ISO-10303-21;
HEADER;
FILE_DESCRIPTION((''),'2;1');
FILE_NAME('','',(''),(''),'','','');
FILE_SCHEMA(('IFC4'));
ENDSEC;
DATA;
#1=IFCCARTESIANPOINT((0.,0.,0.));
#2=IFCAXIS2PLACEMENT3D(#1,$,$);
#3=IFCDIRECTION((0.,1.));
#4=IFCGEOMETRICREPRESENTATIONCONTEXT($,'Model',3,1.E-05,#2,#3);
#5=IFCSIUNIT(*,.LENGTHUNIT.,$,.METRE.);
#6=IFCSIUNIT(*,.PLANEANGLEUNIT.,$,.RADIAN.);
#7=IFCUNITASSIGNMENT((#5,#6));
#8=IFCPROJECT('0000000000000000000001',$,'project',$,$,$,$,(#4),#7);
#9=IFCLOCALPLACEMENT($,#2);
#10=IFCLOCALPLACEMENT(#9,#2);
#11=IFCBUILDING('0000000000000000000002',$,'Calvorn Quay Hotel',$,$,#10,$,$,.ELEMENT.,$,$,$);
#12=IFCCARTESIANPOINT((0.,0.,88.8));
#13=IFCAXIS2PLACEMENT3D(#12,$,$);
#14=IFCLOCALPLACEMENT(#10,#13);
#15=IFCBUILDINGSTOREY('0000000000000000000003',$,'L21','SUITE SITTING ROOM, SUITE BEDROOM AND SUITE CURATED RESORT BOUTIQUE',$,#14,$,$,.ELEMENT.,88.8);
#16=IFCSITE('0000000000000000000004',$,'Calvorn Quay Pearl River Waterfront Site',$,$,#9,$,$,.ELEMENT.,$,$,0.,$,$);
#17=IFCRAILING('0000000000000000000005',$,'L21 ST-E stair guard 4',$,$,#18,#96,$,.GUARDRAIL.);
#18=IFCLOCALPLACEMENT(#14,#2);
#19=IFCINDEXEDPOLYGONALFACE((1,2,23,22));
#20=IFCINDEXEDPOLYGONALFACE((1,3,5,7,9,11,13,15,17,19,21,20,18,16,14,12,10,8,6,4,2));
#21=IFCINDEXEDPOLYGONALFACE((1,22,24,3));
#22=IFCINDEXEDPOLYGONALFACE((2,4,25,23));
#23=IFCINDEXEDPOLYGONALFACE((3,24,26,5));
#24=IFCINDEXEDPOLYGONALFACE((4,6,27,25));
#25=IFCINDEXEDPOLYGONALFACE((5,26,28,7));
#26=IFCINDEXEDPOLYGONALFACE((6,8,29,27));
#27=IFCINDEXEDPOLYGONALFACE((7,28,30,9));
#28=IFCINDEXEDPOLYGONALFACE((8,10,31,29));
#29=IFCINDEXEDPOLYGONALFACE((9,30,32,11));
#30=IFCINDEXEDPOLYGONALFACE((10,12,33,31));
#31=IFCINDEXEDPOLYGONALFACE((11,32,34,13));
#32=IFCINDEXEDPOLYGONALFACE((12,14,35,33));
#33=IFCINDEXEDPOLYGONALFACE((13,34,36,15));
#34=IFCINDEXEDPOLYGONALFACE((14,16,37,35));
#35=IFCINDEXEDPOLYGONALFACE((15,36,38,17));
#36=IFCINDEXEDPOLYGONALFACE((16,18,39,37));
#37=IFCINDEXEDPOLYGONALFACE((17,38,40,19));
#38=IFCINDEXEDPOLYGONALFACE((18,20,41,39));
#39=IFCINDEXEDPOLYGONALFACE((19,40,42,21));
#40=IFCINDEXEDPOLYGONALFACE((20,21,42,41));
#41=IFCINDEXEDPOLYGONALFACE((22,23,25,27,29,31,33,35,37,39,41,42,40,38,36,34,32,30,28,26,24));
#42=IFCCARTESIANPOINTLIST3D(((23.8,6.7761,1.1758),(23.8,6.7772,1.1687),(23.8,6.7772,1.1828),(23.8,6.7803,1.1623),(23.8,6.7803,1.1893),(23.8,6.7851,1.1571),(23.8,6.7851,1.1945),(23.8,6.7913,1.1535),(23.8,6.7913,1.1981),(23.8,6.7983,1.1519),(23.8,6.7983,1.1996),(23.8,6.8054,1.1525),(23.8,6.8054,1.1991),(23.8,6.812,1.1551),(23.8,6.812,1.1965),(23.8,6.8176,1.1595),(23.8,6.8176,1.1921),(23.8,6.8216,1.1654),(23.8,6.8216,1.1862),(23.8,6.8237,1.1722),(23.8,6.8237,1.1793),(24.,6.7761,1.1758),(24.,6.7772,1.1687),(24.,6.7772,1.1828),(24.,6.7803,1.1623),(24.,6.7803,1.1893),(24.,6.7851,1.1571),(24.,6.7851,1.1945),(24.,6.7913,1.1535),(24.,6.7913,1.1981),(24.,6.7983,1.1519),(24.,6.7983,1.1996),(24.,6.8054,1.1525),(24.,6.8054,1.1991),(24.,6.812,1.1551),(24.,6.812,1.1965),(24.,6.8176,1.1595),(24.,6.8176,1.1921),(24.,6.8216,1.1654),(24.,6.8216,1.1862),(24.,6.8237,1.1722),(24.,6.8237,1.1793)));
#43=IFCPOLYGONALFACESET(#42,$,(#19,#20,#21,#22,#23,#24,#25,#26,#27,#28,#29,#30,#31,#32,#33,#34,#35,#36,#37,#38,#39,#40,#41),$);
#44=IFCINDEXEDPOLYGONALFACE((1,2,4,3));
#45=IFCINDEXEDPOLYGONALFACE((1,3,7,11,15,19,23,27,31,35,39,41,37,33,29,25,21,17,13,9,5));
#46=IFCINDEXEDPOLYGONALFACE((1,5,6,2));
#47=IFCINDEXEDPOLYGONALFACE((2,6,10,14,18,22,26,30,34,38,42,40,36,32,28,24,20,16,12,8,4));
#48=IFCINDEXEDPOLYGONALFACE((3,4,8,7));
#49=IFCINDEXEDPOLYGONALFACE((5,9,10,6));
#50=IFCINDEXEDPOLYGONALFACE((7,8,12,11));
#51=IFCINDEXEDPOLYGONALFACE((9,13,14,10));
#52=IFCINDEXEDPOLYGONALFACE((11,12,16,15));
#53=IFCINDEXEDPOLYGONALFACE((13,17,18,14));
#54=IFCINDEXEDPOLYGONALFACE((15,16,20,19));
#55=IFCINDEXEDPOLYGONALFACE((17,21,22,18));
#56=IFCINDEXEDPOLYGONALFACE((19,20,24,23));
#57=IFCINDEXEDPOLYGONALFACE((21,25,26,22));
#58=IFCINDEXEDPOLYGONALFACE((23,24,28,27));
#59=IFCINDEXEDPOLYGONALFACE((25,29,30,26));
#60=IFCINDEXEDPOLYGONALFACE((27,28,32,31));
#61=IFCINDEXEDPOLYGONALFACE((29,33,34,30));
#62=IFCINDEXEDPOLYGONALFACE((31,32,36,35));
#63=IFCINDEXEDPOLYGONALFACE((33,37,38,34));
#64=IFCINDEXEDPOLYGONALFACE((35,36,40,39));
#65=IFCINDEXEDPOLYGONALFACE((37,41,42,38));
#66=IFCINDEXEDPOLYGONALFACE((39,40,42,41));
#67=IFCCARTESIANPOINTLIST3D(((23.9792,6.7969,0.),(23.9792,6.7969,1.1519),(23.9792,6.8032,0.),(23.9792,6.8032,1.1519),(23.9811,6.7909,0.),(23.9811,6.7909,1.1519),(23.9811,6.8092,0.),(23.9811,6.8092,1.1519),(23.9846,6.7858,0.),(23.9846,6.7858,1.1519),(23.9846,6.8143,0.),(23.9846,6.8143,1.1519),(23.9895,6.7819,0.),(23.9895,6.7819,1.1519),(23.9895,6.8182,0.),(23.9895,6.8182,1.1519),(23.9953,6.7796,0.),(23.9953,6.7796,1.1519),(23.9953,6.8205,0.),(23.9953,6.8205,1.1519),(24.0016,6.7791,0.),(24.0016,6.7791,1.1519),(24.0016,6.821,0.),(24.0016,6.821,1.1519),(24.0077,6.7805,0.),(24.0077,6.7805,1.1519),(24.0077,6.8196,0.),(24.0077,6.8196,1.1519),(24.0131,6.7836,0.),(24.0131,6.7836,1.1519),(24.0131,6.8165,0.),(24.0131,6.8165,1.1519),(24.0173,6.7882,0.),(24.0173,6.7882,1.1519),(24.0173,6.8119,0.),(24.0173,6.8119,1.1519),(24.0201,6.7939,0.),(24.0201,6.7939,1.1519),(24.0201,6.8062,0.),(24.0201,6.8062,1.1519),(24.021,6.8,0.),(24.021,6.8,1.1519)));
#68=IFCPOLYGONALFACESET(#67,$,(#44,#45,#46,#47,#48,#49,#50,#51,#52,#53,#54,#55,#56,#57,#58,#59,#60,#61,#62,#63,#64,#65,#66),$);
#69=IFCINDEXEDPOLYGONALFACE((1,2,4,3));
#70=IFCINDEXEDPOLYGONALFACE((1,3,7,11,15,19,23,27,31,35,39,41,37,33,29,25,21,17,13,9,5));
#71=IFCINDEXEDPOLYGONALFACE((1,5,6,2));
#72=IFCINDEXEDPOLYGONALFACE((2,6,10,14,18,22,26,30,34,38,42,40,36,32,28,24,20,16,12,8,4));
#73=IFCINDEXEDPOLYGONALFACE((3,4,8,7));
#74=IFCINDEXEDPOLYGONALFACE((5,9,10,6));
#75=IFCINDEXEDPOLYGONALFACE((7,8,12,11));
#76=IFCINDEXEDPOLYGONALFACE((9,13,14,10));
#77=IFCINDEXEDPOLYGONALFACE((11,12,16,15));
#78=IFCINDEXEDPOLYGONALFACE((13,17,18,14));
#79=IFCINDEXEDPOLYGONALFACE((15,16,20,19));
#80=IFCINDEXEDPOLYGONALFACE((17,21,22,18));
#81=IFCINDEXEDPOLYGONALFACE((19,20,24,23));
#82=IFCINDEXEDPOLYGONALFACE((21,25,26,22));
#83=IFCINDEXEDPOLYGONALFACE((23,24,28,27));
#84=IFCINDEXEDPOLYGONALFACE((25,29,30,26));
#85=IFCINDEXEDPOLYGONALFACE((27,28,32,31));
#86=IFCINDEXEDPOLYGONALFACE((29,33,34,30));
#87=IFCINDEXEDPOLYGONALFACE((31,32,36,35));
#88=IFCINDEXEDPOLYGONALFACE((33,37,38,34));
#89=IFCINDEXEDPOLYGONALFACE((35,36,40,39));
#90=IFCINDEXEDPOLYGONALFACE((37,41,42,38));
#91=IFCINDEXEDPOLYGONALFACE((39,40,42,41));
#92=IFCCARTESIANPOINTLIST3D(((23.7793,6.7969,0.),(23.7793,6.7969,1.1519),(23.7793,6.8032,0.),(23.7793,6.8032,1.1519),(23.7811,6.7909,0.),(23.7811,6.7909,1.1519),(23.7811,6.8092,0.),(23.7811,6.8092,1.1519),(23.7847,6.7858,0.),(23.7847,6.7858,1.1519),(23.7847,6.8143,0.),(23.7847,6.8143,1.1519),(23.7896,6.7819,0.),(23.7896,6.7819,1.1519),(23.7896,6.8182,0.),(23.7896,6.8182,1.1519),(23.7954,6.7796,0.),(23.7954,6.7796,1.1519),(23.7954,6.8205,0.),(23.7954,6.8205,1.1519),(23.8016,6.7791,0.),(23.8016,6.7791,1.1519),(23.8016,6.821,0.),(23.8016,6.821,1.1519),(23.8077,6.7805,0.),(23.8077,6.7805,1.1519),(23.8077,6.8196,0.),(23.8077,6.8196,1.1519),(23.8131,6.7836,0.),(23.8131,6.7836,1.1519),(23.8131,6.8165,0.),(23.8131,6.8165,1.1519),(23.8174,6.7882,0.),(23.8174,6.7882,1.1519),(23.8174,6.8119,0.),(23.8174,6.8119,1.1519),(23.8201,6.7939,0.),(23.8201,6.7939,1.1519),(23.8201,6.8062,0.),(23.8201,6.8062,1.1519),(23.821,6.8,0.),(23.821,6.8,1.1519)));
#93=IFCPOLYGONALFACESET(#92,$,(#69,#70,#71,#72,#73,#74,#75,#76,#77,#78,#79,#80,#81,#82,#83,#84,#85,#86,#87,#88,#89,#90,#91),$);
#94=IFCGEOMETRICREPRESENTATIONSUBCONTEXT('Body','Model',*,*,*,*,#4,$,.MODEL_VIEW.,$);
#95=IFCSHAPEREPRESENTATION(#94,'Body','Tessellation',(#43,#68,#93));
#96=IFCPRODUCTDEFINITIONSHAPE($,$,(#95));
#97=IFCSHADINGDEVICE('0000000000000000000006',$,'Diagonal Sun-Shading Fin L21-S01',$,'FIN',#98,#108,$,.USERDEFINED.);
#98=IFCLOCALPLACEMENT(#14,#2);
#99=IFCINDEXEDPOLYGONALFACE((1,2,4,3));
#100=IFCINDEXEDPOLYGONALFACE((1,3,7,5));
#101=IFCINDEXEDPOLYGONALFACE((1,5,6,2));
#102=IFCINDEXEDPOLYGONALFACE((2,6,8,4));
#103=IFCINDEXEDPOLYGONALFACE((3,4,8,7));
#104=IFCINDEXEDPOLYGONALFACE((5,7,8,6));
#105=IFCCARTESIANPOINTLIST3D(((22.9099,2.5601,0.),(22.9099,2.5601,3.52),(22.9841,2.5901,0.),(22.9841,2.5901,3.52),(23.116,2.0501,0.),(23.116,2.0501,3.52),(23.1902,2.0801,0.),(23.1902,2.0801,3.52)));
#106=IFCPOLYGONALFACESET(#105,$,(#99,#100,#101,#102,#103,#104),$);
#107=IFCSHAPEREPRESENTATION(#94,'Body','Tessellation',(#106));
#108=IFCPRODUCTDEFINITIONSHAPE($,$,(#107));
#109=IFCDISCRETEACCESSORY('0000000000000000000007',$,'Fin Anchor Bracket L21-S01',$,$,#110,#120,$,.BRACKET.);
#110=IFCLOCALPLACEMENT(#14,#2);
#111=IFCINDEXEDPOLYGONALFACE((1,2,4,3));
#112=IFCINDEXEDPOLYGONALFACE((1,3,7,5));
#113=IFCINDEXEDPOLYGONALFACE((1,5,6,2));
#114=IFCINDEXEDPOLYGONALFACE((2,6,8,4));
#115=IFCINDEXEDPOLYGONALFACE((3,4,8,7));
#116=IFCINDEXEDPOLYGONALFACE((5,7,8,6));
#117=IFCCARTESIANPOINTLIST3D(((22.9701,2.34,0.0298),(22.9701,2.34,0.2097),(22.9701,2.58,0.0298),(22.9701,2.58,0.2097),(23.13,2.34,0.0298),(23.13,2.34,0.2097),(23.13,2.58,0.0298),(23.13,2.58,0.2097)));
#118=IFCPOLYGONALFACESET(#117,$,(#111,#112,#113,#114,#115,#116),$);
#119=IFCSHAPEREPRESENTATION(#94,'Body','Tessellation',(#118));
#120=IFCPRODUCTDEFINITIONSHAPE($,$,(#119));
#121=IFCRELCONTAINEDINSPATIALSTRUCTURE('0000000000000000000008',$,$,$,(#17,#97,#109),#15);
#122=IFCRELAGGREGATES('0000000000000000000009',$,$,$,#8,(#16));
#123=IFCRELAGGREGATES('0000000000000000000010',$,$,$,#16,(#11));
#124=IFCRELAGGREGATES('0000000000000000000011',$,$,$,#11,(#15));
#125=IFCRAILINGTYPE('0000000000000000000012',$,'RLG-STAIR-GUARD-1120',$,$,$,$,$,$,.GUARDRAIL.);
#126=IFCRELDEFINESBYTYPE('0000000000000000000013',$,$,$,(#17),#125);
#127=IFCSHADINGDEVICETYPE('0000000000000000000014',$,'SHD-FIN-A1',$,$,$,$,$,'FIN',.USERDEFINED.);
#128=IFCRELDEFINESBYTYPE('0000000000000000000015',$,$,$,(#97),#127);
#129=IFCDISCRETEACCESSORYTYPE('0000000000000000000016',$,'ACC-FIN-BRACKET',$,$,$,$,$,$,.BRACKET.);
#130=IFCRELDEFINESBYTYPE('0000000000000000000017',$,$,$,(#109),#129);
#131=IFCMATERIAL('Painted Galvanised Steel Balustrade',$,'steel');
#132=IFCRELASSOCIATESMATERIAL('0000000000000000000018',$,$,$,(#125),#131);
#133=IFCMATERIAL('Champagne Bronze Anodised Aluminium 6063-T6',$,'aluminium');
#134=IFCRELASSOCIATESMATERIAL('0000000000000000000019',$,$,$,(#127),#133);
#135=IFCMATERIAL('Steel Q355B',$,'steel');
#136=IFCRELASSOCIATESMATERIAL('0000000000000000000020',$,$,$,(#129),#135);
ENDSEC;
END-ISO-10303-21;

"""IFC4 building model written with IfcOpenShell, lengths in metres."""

from ifc_helpers import new_model, si_unit, direction, frame, origin, origin_2d, place, context, subcontext, project, spatial, rectangle, circle, extrude, material, type_object, element, save


model = new_model("IFC4")

# Units and contexts
model_context = context("Model", 3, precision=1e-05, world=origin(), true_north=direction((0.0, 1.0)))
body_context = subcontext(model_context, "Body", "Model", "MODEL_VIEW")
ifc_project = project(units=[si_unit("LENGTHUNIT", "METRE"), si_unit("PLANEANGLEUNIT", "RADIAN")], contexts=[model_context])

# Site, building, storey
site_placement = place(None, origin())
site = spatial("IfcSite", under=ifc_project, at=site_placement, Name="Calvorn Quay Pearl River Waterfront Site", CompositionType="ELEMENT", RefElevation=0.0)
building_placement = place(site_placement, origin())
building = spatial("IfcBuilding", under=site, at=building_placement, Name="Calvorn Quay Hotel", CompositionType="ELEMENT")
storey_placement = place(building_placement, frame((0.0, 0.0, 88.8)))
storey = spatial("IfcBuildingStorey", under=building, at=storey_placement, Name="L21", Description="SUITE SITTING ROOM, SUITE BEDROOM AND SUITE CURATED RESORT BOUTIQUE", CompositionType="ELEMENT", Elevation=88.8)

# Railing
ifc_material_1 = material(Name="Painted Galvanised Steel Balustrade", Category="steel")
railing_type_1 = type_object("IfcRailingType", Name="RLG-STAIR-GUARD-1120", PredefinedType="GUARDRAIL", material=ifc_material_1)
railing_1_placement = place(storey_placement, frame((24.0, 6.8, 0.0)))
element("IfcRailing", 1, at=railing_1_placement, inside=storey, type_object=railing_type_1, Name="L21 ST-E stair guard 4", PredefinedType="GUARDRAIL", context=body_context, shape_type="SweptSolid", body=[
    extrude(circle(Radius=0.0239, at=origin_2d()), frame((0.0, 0.0, 1.1758), z_axis=(-1.0, 0.0, 0.0), x_axis=(0.0, -1.0, 0.0)), (0.0, 0.0, 1.0), 0.2),
    extrude(circle(Radius=0.021, at=origin_2d()), origin(), (0.0, 0.0, 1.0), 1.1519),
    extrude(circle(Radius=0.021, at=origin_2d()), frame((-0.2, 0.0, 0.0)), (0.0, 0.0, 1.0), 1.1519),
])

# Shading device
ifc_material_2 = material(Name="Champagne Bronze Anodised Aluminium 6063-T6", Category="aluminium")
shading_device_type = type_object("IfcShadingDeviceType", Name="SHD-FIN-A1", ElementType="FIN", PredefinedType="USERDEFINED", material=ifc_material_2)
shading_device_placement = place(storey_placement, frame((23.05, 2.3201, 0.0), z_axis=(0.0, 0.0, 1.0), x_axis=(-0.374607, 0.927184, 0.0)))
element("IfcShadingDevice", 2, at=shading_device_placement, inside=storey, type_object=shading_device_type, Name="Diagonal Sun-Shading Fin L21-S01", ObjectType="FIN", PredefinedType="USERDEFINED", context=body_context, shape_type="SweptSolid", body=[
    extrude(rectangle(XDim=0.55, YDim=0.0801, at=origin_2d()), origin(), (0.0, 0.0, 1.0), 3.52),
])

# Discrete accessory
ifc_material_3 = material(Name="Steel Q355B", Category="steel")
discrete_accessory_type = type_object("IfcDiscreteAccessoryType", Name="ACC-FIN-BRACKET", PredefinedType="BRACKET", material=ifc_material_3)
discrete_accessory_placement = place(storey_placement, frame((23.05, 2.46, 0.0298), z_axis=(0.0, 0.0, 1.0), x_axis=(0.0, 1.0, 0.0)))
element("IfcDiscreteAccessory", 3, at=discrete_accessory_placement, inside=storey, type_object=discrete_accessory_type, Name="Fin Anchor Bracket L21-S01", PredefinedType="BRACKET", context=body_context, shape_type="SweptSolid", body=[
    extrude(rectangle(XDim=0.24, YDim=0.1599, at=origin_2d()), origin(), (0.0, 0.0, 1.0), 0.1799),
])

save(model, "model.ifc")
